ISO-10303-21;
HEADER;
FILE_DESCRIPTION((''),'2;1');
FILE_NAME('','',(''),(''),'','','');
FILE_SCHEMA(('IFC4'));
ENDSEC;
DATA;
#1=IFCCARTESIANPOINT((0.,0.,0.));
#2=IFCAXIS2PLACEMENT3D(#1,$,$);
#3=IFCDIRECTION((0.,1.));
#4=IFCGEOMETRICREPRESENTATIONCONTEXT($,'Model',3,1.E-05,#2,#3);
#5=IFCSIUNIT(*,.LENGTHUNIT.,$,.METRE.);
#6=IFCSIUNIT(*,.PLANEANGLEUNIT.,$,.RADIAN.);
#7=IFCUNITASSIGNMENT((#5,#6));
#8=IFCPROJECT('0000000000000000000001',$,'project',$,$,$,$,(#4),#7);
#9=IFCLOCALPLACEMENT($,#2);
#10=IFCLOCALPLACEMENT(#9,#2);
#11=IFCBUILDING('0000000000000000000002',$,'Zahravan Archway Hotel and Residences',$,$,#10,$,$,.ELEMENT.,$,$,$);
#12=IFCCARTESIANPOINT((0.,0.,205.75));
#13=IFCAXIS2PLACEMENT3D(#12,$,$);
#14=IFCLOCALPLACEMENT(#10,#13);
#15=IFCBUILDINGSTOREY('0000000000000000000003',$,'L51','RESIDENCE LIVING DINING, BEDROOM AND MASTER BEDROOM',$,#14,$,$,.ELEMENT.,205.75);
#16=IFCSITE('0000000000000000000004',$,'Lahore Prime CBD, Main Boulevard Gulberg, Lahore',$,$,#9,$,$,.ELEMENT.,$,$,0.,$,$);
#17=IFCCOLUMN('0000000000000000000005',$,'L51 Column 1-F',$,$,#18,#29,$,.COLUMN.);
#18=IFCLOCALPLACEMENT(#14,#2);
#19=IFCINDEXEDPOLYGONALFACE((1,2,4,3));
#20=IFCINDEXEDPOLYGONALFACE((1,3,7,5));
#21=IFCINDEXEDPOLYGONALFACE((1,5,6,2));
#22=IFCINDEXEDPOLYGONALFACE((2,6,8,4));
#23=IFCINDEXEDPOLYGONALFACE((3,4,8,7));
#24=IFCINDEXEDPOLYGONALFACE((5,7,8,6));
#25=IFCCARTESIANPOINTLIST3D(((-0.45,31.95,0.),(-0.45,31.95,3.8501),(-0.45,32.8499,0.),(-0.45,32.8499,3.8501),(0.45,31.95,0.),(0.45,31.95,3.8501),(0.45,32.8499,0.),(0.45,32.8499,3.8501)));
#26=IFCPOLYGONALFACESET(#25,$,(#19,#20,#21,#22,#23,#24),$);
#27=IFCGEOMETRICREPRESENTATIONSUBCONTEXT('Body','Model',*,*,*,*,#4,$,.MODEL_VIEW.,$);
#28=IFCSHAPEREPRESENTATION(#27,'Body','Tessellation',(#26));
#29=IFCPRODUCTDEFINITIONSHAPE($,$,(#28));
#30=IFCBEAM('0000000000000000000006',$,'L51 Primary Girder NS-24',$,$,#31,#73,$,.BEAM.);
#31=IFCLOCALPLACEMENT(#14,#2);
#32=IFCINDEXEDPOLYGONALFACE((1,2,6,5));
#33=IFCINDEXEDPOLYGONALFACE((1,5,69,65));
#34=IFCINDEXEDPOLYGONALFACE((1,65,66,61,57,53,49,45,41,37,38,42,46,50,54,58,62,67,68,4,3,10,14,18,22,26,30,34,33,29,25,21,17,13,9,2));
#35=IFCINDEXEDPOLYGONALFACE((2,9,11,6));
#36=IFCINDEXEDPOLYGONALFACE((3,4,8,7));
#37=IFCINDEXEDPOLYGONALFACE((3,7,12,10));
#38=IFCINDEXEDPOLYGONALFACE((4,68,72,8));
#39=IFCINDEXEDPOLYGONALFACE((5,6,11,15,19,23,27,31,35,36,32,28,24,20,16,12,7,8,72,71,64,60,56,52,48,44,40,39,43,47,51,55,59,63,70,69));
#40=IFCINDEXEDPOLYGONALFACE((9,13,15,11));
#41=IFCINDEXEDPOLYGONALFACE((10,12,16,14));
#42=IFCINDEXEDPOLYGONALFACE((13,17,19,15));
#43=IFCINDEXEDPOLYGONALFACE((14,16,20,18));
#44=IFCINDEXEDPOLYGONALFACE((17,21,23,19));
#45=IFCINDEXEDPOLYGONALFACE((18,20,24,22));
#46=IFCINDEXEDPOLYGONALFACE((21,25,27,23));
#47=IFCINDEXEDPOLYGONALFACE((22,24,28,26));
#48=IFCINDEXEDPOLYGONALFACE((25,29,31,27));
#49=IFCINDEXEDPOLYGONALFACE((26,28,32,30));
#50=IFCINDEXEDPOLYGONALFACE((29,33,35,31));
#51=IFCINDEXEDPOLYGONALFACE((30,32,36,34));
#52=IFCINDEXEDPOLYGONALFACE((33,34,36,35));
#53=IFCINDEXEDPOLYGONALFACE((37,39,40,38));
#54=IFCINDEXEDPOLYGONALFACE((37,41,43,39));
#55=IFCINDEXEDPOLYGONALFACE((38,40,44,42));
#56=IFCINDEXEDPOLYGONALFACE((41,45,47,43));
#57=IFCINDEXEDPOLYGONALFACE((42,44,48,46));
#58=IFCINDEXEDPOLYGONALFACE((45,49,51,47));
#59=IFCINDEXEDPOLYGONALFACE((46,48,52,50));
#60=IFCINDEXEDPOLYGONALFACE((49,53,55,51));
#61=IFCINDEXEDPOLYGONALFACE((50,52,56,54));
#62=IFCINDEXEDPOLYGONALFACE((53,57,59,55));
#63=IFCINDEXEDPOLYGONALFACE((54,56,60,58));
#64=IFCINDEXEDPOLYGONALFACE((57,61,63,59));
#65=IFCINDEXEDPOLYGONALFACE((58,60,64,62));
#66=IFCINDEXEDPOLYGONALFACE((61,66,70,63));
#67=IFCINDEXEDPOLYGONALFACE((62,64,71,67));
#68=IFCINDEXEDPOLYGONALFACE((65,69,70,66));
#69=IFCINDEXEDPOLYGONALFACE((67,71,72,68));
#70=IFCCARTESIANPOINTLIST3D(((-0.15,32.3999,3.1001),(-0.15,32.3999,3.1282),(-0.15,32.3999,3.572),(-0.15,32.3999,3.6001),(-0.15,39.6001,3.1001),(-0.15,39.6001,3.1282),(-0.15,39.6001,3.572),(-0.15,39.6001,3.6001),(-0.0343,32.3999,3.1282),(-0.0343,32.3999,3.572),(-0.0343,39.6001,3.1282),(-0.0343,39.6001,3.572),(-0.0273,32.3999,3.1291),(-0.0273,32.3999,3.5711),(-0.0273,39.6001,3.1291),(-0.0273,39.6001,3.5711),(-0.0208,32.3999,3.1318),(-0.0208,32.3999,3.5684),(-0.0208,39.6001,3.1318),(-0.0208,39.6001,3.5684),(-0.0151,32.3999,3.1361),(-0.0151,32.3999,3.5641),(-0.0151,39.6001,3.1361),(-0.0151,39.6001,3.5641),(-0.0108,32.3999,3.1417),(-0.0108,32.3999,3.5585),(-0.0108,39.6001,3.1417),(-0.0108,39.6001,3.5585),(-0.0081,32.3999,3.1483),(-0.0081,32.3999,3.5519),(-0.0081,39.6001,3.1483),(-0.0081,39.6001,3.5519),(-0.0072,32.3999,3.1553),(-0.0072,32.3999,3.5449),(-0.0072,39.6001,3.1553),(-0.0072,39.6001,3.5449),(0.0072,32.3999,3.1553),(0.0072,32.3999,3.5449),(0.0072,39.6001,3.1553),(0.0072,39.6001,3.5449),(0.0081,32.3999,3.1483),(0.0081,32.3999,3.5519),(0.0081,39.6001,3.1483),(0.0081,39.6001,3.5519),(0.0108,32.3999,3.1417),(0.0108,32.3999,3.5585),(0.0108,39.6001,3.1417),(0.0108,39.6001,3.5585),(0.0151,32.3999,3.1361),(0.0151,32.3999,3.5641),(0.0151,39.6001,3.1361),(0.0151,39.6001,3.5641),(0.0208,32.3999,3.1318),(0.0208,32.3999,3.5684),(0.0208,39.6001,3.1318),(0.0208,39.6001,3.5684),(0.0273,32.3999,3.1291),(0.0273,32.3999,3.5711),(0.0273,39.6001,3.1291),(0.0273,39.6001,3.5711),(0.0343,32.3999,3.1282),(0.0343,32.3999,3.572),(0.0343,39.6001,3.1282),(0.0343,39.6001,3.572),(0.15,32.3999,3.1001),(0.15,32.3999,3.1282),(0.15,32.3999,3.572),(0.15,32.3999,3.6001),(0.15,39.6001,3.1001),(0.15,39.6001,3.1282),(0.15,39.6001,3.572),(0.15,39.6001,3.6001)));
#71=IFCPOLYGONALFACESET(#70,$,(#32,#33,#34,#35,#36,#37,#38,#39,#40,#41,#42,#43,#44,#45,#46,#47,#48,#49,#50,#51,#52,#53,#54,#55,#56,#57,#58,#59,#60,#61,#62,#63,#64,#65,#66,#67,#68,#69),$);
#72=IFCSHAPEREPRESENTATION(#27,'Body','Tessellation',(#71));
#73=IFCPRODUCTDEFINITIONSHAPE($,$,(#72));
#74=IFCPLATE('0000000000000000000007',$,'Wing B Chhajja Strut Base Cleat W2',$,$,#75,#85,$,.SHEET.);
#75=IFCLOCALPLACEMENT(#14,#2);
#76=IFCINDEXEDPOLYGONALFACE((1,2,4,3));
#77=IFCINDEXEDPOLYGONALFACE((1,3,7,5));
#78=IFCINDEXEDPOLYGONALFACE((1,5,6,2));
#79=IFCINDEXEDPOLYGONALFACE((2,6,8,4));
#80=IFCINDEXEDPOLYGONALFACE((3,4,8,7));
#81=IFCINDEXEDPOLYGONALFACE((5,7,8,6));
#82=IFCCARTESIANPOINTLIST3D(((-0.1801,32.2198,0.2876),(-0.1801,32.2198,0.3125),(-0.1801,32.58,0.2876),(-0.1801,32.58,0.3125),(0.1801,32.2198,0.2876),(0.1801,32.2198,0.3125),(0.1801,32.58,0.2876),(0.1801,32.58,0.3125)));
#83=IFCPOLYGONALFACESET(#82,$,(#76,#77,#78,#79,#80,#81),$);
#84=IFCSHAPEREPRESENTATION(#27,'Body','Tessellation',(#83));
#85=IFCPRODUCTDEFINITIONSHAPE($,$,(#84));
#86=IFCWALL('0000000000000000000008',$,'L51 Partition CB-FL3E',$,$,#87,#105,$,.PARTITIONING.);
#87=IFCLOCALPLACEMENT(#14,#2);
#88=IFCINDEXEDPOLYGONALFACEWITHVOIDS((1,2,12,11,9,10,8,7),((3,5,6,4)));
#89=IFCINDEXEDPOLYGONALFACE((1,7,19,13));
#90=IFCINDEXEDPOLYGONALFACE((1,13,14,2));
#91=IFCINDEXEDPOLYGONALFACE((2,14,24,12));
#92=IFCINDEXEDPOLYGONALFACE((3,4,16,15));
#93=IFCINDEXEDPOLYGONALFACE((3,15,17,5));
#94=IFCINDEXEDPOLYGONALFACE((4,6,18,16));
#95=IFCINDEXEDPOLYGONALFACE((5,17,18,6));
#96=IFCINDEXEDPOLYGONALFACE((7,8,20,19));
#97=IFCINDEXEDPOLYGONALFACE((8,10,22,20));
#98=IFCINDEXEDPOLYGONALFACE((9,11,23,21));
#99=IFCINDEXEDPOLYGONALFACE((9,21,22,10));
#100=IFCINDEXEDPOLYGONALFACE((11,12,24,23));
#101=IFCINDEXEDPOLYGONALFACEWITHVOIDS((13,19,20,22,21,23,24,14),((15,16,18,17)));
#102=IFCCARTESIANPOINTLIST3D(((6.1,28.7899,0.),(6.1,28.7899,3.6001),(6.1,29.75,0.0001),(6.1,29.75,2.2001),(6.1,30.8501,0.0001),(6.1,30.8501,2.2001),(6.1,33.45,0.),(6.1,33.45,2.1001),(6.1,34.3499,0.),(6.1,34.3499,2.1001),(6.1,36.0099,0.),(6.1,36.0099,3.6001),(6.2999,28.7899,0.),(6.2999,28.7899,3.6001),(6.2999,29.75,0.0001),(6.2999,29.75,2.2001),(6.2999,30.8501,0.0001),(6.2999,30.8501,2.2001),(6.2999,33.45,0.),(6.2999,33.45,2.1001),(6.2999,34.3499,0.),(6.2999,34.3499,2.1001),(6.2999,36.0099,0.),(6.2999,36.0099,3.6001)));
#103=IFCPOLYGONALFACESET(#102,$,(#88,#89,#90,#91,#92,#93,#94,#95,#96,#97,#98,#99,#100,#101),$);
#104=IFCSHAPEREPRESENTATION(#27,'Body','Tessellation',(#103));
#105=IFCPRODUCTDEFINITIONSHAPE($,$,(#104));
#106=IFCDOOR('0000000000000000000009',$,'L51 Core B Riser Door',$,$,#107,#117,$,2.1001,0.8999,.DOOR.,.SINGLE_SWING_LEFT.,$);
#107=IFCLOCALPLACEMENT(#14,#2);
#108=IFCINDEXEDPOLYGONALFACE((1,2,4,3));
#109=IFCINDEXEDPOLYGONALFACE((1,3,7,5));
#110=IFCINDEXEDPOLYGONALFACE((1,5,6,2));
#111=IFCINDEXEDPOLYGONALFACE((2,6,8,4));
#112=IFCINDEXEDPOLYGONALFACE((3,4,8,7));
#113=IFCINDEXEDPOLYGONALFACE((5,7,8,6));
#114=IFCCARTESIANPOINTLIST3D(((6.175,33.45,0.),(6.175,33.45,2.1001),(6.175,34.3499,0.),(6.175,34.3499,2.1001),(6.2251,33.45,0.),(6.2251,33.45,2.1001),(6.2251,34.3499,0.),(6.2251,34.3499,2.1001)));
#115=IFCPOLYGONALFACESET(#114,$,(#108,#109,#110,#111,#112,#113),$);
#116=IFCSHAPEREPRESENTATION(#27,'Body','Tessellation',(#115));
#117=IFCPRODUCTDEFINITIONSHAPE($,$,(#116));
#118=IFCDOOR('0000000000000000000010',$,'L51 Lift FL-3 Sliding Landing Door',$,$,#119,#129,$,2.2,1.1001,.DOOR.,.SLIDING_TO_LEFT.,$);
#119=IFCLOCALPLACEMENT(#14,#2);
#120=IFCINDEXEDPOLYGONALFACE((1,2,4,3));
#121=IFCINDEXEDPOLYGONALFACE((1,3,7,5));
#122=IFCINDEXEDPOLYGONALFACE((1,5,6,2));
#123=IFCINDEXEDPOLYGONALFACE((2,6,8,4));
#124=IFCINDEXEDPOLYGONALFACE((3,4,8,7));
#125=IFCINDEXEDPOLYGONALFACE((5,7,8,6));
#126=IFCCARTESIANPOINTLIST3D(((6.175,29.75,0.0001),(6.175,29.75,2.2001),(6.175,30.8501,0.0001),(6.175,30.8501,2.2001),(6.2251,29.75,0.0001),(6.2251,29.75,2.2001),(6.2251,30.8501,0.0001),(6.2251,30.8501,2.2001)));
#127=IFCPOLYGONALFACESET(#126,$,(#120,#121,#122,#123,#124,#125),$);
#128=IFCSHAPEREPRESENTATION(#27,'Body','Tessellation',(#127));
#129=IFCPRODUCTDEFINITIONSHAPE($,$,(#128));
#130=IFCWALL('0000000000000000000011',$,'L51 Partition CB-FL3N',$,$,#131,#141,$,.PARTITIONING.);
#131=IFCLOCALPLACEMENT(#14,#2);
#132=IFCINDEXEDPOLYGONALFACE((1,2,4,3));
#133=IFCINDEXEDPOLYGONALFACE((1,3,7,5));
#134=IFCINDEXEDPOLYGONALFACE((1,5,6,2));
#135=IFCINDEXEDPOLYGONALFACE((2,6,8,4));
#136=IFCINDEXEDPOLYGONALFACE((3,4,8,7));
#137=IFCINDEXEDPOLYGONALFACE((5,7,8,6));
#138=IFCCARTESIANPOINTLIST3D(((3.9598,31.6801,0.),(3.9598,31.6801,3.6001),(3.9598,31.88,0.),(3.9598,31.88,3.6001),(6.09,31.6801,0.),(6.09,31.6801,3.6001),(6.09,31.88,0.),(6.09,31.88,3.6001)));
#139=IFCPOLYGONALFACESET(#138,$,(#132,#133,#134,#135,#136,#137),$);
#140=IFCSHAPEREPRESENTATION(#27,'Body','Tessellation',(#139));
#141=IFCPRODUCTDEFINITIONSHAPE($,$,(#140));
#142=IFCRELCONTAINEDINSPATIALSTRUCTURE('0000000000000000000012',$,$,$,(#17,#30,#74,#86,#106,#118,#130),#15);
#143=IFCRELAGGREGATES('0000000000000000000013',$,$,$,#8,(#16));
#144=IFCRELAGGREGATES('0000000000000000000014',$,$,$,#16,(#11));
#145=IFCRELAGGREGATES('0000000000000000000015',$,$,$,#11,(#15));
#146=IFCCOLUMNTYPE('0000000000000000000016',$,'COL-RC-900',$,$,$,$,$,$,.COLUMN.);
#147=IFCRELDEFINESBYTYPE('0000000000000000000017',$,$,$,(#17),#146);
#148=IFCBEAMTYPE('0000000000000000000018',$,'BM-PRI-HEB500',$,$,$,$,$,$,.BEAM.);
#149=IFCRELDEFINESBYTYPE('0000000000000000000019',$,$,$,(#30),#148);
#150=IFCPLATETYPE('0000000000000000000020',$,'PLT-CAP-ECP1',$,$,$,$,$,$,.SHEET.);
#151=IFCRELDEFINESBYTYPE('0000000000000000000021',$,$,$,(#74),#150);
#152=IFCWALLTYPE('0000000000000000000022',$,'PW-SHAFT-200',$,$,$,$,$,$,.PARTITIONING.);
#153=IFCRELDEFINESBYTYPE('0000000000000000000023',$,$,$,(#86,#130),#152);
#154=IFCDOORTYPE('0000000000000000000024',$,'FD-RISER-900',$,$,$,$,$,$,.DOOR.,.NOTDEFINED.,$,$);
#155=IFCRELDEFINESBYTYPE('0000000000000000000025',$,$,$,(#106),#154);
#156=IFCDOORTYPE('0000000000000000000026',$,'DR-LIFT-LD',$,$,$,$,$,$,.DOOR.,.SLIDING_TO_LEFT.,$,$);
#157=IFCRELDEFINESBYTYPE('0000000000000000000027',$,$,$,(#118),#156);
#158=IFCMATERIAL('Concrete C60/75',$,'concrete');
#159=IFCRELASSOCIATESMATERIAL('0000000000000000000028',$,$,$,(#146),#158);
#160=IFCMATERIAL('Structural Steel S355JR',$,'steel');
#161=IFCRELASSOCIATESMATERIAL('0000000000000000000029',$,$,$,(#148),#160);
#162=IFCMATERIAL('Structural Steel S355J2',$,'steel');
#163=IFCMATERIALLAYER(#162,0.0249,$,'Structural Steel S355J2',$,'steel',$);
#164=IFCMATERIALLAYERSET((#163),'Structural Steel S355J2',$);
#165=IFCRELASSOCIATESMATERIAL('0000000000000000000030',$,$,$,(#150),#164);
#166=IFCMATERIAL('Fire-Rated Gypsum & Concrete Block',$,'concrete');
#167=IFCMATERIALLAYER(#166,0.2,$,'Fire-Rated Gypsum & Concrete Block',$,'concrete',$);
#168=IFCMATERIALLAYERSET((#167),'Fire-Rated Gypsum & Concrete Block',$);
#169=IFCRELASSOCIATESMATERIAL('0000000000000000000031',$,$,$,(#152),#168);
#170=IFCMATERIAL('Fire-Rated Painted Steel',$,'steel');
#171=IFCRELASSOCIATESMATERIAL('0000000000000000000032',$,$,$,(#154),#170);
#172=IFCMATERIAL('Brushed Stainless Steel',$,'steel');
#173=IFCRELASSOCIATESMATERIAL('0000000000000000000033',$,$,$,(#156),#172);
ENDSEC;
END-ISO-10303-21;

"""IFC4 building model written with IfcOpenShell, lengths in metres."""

from ifc_helpers import new_model, si_unit, direction, frame, frame_2d, origin, origin_2d, place, context, subcontext, project, spatial, rectangle, i_section, extrude, source, transform, mapped, material, layer, layer_set, material_profile, profile_set, type_object, type_shapes, element, fill, save


model = new_model("IFC4")

# Units and contexts
model_context = context("Model", 3, precision=1e-05, world=origin(), true_north=direction((0.0, 1.0)))
body_context = subcontext(model_context, "Body", "Model", "MODEL_VIEW")
ifc_project = project(units=[si_unit("LENGTHUNIT", "METRE"), si_unit("PLANEANGLEUNIT", "RADIAN")], contexts=[model_context])

# Site, building, storey
site_placement = place(None, origin())
site = spatial("IfcSite", under=ifc_project, at=site_placement, Name="Lahore Prime CBD, Main Boulevard Gulberg, Lahore", CompositionType="ELEMENT", RefElevation=0.0)
building_placement = place(site_placement, origin())
building = spatial("IfcBuilding", under=site, at=building_placement, Name="Zahravan Archway Hotel and Residences", CompositionType="ELEMENT")
storey_placement = place(building_placement, frame((0.0, 0.0, 205.75)))
storey = spatial("IfcBuildingStorey", under=building, at=storey_placement, Name="L51", Description="RESIDENCE LIVING DINING, BEDROOM AND MASTER BEDROOM", CompositionType="ELEMENT", Elevation=205.75)

# Column
ifc_material_1 = material(Name="Concrete C60/75", Category="concrete")
ifc_material_profile_1 = material_profile(ifc_material_1, rectangle(XDim=0.8999, YDim=0.8999, at=origin_2d()), Name="RC-COL-900x900", Category="concrete")
ifc_profile_set_1 = profile_set([ifc_material_profile_1], Name="Concrete C60/75")
column_type = type_object("IfcColumnType", Name="COL-RC-900", PredefinedType="COLUMN", material=ifc_profile_set_1)
shared_shape_1 = source(origin(), body_context, "Body", "SweptSolid", [
    extrude(rectangle(XDim=0.8999, YDim=0.8999, at=origin_2d()), origin(), (0.0, 0.0, 1.0), 3.8501),
])
type_shapes(column_type, [shared_shape_1])
column_placement = place(storey_placement, frame((0.0, 32.3999, 0.0), z_axis=(0.0, 0.0, 1.0), x_axis=(1.0, 0.0, 0.0)))
element("IfcColumn", 1, at=column_placement, inside=storey, type_object=column_type, Name="L51 Column 1-F", PredefinedType="COLUMN", context=body_context, shape_type="MappedRepresentation", body=[
    mapped(shared_shape_1, transform((0.0, 0.0, 0.0), scale=1.0)),
])

# Beam
ifc_material_2 = material(Name="Structural Steel S355JR", Category="steel")
ifc_material_profile_2 = material_profile(ifc_material_2, i_section(OverallWidth=0.3, OverallDepth=0.5, WebThickness=0.0144, FlangeThickness=0.0281, FilletRadius=0.0271, at=origin_2d()), Name="HEB 500", Category="steel")
ifc_profile_set_2 = profile_set([ifc_material_profile_2], Name="Structural Steel S355JR")
beam_type = type_object("IfcBeamType", Name="BM-PRI-HEB500", PredefinedType="BEAM", material=ifc_profile_set_2)
shared_shape_2 = source(origin(), body_context, "Body", "SweptSolid", [
    extrude(i_section(OverallWidth=0.3, OverallDepth=0.5, WebThickness=0.0144, FlangeThickness=0.0281, FilletRadius=0.0271, at=origin_2d()), origin(), (0.0, 0.0, 1.0), 7.2002),
])
type_shapes(beam_type, [shared_shape_2])
beam_placement = place(storey_placement, frame((0.0, 32.3999, 3.3501), z_axis=(0.0, 1.0, 0.0), x_axis=(-1.0, 0.0, 0.0)))
element("IfcBeam", 2, at=beam_placement, inside=storey, type_object=beam_type, Name="L51 Primary Girder NS-24", PredefinedType="BEAM", context=body_context, shape_type="MappedRepresentation", body=[
    mapped(shared_shape_2, transform((0.0, 0.0, 0.0), scale=1.0)),
])

# Plate
ifc_material_3 = material(Name="Structural Steel S355J2", Category="steel")
ifc_layer_1 = layer(ifc_material_3, 0.0249, Name="Structural Steel S355J2", Category="steel")
ifc_layer_set_1 = layer_set([ifc_layer_1], Name="Structural Steel S355J2")
plate_type = type_object("IfcPlateType", Name="PLT-CAP-ECP1", PredefinedType="SHEET", material=ifc_layer_set_1)
shared_shape_3 = source(origin(), body_context, "Body", "SweptSolid", [
    extrude(rectangle(XDim=0.3601, YDim=0.3601, at=origin_2d()), origin(), (0.0, 0.0, 1.0), 0.0249),
])
type_shapes(plate_type, [shared_shape_3])
plate_placement = place(storey_placement, frame((0.0, 32.3999, 0.2876), z_axis=(0.0, 0.0, 1.0), x_axis=(1.0, 0.0, 0.0)))
element("IfcPlate", 3, at=plate_placement, inside=storey, type_object=plate_type, Name="Wing B Chhajja Strut Base Cleat W2", PredefinedType="SHEET", context=body_context, shape_type="MappedRepresentation", body=[
    mapped(shared_shape_3, transform((0.0, 0.0, 0.0), scale=1.0)),
])

# Wall, openings, doors
ifc_material_4 = material(Name="Fire-Rated Gypsum & Concrete Block", Category="concrete")
ifc_layer_2 = layer(ifc_material_4, 0.2, Name="Fire-Rated Gypsum & Concrete Block", Category="concrete")
ifc_layer_set_2 = layer_set([ifc_layer_2], Name="Fire-Rated Gypsum & Concrete Block")
wall_type_1 = type_object("IfcWallType", Name="PW-SHAFT-200", PredefinedType="PARTITIONING", material=ifc_layer_set_2)
wall_1_placement = place(storey_placement, frame((6.2, 28.79, 0.0), z_axis=(0.0, 0.0, 1.0), x_axis=(0.0, 1.0, 0.0)))
wall_1 = element("IfcWall", 4, at=wall_1_placement, inside=storey, type_object=wall_type_1, Name="L51 Partition CB-FL3E", PredefinedType="PARTITIONING", context=body_context, shape_type="SweptSolid", body=[
    extrude(rectangle(XDim=7.22, YDim=0.2, at=frame_2d((3.6099, 0.0))), origin(), (0.0, 0.0, 1.0), 3.6001),
])
opening_1_placement = place(wall_1_placement, frame((4.6599, 0.0, 0.0)))
opening_1 = element("IfcOpeningElement", 5, at=opening_1_placement, cuts=wall_1, PredefinedType="OPENING", context=body_context, shape_type="SweptSolid", body=[
    extrude(rectangle(XDim=0.8999, YDim=2.1001, at=frame_2d((0.45, 1.05))), frame((0.0, 0.1099, 0.0), z_axis=(0.0, -1.0, 0.0), x_axis=(1.0, 0.0, 0.0)), (0.0, 0.0, 1.0), 0.22),
])
opening_2_placement = place(wall_1_placement, frame((0.96, 0.0, 0.0)))
opening_2 = element("IfcOpeningElement", 6, at=opening_2_placement, cuts=wall_1, PredefinedType="OPENING", context=body_context, shape_type="SweptSolid", body=[
    extrude(rectangle(XDim=1.1001, YDim=2.2, at=frame_2d((0.55, 1.1001))), frame((0.0, 0.1099, 0.0), z_axis=(0.0, -1.0, 0.0), x_axis=(1.0, 0.0, 0.0)), (0.0, 0.0, 1.0), 0.22),
])
ifc_material_5 = material(Name="Fire-Rated Painted Steel", Category="steel")
door_type_1 = type_object("IfcDoorType", Name="FD-RISER-900", OperationType="NOTDEFINED", PredefinedType="DOOR", material=ifc_material_5)
shared_shape_4 = source(origin(), body_context, "Body", "SweptSolid", [
    extrude(rectangle(XDim=0.8999, YDim=2.1001, at=frame_2d((0.45, 1.05))), frame((0.0, 0.0249, 0.0), z_axis=(0.0, -1.0, 0.0), x_axis=(1.0, 0.0, 0.0)), (0.0, 0.0, 1.0), 0.05),
])
type_shapes(door_type_1, [shared_shape_4])
door_1_placement = place(opening_1_placement, origin())
door_1 = element("IfcDoor", 7, at=door_1_placement, inside=storey, type_object=door_type_1, Name="L51 Core B Riser Door", OperationType="SINGLE_SWING_LEFT", OverallHeight=2.1001, OverallWidth=0.8999, PredefinedType="DOOR", context=body_context, shape_type="MappedRepresentation", body=[
    mapped(shared_shape_4, transform((0.0, 0.0, 0.0), scale=1.0)),
])
fill(opening_1, door_1)
ifc_material_6 = material(Name="Brushed Stainless Steel", Category="steel")
door_type_2 = type_object("IfcDoorType", Name="DR-LIFT-LD", OperationType="SLIDING_TO_LEFT", PredefinedType="DOOR", material=ifc_material_6)
shared_shape_5 = source(origin(), body_context, "Body", "SweptSolid", [
    extrude(rectangle(XDim=1.1001, YDim=2.2, at=frame_2d((0.55, 1.1001))), frame((0.0, 0.0249, 0.0), z_axis=(0.0, -1.0, 0.0), x_axis=(1.0, 0.0, 0.0)), (0.0, 0.0, 1.0), 0.05),
])
type_shapes(door_type_2, [shared_shape_5])
door_2_placement = place(opening_2_placement, origin())
door_2 = element("IfcDoor", 8, at=door_2_placement, inside=storey, type_object=door_type_2, Name="L51 Lift FL-3 Sliding Landing Door", OperationType="SLIDING_TO_LEFT", OverallHeight=2.2, OverallWidth=1.1001, PredefinedType="DOOR", context=body_context, shape_type="MappedRepresentation", body=[
    mapped(shared_shape_5, transform((0.0, 0.0, 0.0), scale=1.0)),
])
fill(opening_2, door_2)

# Wall
wall_2_placement = place(storey_placement, frame((3.96, 31.78, 0.0), z_axis=(0.0, 0.0, 1.0), x_axis=(1.0, 0.0, 0.0)))
element("IfcWall", 9, at=wall_2_placement, inside=storey, type_object=wall_type_1, Name="L51 Partition CB-FL3N", PredefinedType="PARTITIONING", context=body_context, shape_type="SweptSolid", body=[
    extrude(rectangle(XDim=2.1301, YDim=0.2, at=frame_2d((1.0649, 0.0))), origin(), (0.0, 0.0, 1.0), 3.6001),
])

save(model, "model.ifc")
